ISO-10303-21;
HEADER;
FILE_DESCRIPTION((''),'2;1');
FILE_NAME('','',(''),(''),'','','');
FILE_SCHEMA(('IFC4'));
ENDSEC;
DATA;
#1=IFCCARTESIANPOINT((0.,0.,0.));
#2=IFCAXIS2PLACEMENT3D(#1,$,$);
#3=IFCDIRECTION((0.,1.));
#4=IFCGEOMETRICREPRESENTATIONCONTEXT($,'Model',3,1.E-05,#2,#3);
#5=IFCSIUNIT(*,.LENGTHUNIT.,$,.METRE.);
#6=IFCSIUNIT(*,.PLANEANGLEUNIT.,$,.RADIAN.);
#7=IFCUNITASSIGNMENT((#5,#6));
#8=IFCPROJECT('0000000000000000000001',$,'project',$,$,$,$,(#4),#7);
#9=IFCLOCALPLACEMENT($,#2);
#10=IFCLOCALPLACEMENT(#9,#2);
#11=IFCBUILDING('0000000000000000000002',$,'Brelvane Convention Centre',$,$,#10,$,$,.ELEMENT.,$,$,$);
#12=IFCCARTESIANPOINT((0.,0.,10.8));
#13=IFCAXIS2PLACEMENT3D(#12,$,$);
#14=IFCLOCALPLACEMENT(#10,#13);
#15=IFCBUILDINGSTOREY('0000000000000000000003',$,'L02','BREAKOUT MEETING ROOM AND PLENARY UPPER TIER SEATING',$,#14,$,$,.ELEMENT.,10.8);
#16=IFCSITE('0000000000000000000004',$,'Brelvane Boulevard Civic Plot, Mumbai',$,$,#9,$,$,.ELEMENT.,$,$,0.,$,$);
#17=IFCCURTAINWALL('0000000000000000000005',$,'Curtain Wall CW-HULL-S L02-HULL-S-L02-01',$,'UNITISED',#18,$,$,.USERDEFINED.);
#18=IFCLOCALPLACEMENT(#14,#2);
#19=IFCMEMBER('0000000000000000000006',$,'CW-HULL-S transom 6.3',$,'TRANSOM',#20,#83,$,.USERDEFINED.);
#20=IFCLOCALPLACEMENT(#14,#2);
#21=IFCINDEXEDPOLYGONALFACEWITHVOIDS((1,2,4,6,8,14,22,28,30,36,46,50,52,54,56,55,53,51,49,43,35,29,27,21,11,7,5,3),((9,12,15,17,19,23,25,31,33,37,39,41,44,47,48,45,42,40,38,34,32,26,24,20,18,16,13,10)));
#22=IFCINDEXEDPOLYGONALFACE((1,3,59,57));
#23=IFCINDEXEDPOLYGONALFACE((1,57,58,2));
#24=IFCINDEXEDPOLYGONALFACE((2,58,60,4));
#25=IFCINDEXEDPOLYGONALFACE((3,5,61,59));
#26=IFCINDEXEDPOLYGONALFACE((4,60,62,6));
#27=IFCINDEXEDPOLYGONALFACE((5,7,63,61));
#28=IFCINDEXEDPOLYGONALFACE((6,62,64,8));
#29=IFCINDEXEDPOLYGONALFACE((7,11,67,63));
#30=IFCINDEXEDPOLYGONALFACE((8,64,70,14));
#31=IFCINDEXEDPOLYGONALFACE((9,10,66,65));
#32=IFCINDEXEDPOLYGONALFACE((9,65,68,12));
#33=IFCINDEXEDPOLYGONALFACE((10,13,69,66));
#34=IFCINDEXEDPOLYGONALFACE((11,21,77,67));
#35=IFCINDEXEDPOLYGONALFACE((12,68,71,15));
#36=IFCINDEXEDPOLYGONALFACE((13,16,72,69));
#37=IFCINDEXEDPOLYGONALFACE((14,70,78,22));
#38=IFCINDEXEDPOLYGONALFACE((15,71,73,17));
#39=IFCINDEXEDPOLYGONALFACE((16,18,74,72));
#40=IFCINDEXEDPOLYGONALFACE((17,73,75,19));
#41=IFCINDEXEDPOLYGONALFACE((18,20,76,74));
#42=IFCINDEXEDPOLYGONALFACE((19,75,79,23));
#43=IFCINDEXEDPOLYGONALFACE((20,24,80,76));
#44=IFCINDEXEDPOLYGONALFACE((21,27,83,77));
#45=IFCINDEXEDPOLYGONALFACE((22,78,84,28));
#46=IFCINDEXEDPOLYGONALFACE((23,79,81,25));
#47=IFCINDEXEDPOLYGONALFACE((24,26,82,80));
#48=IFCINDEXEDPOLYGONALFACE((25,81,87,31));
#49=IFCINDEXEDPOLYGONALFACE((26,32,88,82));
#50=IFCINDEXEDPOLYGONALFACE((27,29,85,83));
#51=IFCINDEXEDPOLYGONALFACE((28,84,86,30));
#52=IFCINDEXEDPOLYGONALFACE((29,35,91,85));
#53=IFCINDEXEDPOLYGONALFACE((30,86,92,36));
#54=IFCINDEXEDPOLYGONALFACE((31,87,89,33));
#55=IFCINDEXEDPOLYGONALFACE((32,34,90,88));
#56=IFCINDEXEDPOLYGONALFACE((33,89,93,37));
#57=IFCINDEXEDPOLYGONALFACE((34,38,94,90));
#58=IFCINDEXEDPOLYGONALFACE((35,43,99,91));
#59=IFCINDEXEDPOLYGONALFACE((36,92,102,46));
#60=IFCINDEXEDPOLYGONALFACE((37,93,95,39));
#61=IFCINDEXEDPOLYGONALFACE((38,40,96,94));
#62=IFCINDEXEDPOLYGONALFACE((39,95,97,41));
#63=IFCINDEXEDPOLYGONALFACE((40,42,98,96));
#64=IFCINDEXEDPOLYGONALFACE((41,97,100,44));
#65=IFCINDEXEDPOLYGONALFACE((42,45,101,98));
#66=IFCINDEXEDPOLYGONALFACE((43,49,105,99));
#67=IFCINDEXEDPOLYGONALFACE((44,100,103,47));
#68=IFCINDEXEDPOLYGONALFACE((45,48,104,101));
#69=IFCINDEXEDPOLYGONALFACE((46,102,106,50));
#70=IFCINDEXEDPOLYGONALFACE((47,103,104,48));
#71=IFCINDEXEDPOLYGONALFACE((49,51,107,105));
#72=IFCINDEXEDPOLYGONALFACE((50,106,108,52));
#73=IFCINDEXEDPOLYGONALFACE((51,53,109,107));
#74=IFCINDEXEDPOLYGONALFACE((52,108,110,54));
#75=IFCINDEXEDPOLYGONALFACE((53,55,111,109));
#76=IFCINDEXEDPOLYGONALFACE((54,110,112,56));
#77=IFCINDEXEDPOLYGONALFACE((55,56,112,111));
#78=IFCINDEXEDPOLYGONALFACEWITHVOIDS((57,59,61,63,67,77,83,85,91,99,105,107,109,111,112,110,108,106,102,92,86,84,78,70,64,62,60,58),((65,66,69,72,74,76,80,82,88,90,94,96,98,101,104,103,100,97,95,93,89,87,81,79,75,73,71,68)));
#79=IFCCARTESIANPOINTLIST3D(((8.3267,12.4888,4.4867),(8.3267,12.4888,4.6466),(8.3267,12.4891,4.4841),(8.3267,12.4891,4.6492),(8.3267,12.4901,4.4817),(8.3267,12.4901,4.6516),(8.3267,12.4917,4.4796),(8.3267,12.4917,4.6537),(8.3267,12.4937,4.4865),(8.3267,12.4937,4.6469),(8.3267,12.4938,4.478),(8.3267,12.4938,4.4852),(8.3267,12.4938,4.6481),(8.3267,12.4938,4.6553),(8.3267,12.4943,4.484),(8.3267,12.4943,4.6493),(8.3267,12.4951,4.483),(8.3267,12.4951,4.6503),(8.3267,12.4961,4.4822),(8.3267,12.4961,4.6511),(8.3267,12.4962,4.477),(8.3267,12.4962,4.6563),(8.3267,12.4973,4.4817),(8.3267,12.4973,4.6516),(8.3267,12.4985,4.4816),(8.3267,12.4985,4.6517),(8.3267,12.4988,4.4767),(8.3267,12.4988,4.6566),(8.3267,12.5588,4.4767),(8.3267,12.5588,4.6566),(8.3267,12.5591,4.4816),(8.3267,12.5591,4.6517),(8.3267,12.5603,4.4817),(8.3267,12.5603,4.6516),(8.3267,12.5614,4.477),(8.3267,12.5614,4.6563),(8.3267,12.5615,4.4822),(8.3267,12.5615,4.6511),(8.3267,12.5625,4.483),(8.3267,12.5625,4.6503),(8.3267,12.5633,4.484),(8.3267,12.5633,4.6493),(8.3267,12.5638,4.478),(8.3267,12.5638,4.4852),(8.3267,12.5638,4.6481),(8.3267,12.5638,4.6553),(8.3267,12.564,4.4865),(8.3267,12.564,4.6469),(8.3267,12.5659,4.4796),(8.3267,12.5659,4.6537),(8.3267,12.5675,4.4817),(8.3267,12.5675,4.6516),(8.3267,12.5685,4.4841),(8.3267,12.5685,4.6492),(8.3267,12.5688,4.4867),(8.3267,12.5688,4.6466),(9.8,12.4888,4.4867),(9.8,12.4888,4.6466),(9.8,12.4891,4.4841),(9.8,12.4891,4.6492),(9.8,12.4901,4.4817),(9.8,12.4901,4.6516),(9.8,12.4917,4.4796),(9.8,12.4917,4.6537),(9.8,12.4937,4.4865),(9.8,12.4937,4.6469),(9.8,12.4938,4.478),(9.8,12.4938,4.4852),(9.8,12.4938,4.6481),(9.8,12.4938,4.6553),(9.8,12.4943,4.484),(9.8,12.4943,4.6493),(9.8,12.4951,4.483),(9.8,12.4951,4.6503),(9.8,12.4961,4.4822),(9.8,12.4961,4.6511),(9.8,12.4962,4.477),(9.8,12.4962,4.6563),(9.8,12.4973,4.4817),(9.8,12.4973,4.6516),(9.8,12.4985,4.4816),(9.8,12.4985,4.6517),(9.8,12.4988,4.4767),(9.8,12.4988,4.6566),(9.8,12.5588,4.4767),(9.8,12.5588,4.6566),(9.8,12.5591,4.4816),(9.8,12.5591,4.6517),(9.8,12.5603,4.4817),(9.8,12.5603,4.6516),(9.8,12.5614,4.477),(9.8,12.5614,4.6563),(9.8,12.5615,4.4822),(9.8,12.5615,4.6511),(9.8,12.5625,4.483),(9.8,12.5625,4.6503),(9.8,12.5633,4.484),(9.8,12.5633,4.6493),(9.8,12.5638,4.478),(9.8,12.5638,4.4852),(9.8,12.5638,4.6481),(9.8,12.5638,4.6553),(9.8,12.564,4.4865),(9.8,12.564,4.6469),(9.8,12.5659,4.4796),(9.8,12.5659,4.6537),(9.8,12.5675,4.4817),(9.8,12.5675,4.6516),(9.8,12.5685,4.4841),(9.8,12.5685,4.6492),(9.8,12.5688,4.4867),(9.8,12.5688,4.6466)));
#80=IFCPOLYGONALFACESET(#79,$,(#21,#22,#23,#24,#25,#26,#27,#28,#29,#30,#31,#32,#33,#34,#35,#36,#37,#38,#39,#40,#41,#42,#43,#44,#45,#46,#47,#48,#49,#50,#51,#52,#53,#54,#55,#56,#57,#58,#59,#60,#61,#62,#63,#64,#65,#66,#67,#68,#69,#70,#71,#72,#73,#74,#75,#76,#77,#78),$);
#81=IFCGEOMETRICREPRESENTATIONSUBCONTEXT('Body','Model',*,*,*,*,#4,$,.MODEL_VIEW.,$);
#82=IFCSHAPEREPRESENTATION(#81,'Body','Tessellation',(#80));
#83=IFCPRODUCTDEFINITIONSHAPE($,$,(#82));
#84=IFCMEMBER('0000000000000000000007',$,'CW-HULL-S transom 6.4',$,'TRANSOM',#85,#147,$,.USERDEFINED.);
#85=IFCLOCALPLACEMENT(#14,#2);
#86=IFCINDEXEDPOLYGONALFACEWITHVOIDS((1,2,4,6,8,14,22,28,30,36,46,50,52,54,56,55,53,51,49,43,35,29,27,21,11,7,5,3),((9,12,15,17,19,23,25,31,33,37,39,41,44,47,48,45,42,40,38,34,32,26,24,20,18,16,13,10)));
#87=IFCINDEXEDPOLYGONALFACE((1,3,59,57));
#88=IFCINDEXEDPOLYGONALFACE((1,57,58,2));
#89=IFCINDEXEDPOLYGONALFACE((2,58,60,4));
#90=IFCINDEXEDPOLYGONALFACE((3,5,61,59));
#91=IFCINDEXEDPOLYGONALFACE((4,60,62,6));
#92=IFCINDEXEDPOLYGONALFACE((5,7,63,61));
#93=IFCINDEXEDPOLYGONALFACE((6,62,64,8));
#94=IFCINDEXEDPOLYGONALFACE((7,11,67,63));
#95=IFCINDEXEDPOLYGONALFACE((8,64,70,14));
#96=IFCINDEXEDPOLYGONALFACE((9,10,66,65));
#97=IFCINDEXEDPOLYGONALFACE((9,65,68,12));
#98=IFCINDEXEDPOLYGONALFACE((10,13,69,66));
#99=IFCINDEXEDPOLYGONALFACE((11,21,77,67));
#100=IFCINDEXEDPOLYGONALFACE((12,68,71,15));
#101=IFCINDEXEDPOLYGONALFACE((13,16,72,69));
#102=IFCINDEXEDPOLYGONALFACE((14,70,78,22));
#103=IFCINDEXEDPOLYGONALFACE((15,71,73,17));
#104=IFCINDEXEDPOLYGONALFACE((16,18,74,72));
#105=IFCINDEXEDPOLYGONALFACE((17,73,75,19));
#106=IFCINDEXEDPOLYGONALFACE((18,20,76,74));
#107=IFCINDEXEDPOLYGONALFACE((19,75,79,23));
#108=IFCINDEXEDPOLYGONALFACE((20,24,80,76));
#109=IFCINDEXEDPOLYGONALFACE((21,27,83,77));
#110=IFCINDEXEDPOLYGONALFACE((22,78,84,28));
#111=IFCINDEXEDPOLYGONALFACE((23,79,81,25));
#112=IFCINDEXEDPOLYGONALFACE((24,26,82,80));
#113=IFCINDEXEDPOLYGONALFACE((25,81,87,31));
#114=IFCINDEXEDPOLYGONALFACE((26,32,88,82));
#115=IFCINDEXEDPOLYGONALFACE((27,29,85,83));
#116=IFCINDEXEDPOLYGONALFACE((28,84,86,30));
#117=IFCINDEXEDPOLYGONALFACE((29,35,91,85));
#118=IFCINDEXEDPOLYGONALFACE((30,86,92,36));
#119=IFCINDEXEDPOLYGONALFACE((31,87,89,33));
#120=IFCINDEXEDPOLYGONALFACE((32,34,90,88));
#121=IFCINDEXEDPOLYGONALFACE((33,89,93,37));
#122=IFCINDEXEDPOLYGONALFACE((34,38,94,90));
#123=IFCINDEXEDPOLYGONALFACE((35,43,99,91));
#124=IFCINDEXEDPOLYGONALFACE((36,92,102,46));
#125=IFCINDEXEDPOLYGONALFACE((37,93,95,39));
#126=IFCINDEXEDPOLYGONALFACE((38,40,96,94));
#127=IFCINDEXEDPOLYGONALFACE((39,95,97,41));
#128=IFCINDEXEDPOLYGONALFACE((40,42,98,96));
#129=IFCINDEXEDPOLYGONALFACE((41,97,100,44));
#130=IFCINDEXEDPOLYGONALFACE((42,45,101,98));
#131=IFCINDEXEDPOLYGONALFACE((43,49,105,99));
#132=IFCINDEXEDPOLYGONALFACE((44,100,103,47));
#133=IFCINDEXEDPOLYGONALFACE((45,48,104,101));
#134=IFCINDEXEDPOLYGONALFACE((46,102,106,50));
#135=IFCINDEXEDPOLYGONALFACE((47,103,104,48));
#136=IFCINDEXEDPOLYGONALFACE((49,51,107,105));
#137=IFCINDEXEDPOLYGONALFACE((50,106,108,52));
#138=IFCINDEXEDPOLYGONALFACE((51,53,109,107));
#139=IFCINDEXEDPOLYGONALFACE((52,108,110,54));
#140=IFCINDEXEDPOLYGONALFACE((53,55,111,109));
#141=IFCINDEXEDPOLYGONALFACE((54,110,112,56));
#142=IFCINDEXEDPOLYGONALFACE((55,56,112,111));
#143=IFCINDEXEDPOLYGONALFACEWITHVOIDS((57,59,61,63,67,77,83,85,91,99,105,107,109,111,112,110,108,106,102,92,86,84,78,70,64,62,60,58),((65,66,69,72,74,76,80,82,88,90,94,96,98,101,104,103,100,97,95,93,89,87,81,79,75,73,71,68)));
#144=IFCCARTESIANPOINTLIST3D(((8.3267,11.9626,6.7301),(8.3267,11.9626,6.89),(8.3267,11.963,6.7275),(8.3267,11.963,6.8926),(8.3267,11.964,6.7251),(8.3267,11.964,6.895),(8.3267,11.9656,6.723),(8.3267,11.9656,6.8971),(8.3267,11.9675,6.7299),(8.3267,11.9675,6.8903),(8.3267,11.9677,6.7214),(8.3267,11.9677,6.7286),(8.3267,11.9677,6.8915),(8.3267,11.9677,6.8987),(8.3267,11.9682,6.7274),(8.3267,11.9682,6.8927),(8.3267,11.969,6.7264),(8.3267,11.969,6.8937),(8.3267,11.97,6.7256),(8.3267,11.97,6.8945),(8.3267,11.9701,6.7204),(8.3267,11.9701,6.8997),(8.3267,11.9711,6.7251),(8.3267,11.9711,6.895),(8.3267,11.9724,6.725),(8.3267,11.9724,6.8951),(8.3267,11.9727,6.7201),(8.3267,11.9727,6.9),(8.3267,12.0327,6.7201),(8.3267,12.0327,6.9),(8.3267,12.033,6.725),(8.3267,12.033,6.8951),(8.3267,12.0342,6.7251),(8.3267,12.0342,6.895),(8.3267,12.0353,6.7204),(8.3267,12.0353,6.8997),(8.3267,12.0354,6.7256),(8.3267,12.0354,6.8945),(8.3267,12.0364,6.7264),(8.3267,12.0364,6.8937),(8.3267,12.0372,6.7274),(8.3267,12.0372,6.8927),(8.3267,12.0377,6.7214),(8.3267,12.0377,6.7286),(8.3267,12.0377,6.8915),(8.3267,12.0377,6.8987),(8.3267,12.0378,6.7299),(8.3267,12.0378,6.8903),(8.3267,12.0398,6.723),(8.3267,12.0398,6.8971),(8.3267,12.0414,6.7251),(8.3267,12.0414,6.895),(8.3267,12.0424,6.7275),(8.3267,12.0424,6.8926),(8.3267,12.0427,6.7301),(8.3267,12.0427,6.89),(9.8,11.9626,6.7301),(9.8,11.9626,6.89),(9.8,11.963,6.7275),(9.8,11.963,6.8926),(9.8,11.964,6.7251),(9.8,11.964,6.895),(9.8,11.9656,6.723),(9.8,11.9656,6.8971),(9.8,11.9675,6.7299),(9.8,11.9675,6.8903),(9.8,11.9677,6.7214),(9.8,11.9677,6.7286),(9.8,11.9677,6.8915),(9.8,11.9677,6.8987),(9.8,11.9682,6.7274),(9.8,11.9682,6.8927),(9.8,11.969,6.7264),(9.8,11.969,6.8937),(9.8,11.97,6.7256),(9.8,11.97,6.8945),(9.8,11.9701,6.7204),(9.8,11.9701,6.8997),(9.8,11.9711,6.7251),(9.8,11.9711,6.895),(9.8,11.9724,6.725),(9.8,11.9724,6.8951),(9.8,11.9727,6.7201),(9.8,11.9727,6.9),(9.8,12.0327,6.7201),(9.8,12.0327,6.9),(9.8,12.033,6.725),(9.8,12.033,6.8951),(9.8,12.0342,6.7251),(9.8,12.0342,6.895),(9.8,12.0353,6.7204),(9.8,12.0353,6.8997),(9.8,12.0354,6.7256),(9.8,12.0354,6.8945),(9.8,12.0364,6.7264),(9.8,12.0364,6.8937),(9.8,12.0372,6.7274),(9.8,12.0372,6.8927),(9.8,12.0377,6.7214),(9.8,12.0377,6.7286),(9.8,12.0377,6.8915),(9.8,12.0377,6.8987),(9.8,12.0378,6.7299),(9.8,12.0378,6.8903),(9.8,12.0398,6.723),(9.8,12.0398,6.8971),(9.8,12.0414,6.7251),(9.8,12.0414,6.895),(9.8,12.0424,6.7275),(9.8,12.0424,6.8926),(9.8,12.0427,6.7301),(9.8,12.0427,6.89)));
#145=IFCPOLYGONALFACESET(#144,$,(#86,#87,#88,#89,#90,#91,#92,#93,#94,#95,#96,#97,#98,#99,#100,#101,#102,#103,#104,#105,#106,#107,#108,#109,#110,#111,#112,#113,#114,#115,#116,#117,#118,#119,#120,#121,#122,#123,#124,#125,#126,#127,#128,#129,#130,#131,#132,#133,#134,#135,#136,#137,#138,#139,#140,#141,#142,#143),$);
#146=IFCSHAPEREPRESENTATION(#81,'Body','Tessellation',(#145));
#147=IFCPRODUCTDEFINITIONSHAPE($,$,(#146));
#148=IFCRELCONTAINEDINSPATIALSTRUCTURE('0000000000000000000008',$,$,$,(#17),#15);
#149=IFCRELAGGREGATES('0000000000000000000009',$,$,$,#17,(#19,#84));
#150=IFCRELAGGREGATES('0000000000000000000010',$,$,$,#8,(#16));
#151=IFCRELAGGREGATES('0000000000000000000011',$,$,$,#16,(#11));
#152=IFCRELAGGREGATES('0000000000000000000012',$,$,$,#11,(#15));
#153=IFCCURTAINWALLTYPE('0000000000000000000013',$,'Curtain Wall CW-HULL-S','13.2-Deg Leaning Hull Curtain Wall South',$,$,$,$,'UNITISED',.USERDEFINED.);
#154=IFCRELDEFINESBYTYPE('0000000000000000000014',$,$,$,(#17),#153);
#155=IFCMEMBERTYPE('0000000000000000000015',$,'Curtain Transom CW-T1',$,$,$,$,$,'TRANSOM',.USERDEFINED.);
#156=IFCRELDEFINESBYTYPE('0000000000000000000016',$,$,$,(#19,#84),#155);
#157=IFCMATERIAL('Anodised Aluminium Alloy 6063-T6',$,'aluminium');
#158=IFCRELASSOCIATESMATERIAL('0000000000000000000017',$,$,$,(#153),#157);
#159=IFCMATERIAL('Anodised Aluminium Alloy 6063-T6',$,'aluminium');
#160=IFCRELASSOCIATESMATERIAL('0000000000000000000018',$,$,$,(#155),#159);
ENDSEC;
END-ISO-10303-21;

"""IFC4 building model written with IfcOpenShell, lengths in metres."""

from ifc_helpers import new_model, si_unit, direction, frame, origin, origin_2d, place, context, subcontext, project, spatial, hollow_rectangle, extrude, material, material_profile, profile_set, type_object, element, aggregate, save


model = new_model("IFC4")

# Units and contexts
model_context = context("Model", 3, precision=1e-05, world=origin(), true_north=direction((0.0, 1.0)))
body_context = subcontext(model_context, "Body", "Model", "MODEL_VIEW")
ifc_project = project(units=[si_unit("LENGTHUNIT", "METRE"), si_unit("PLANEANGLEUNIT", "RADIAN")], contexts=[model_context])

# Site, building, storey
site_placement = place(None, origin())
site = spatial("IfcSite", under=ifc_project, at=site_placement, Name="Brelvane Boulevard Civic Plot, Mumbai", CompositionType="ELEMENT", RefElevation=0.0)
building_placement = place(site_placement, origin())
building = spatial("IfcBuilding", under=site, at=building_placement, Name="Brelvane Convention Centre", CompositionType="ELEMENT")
storey_placement = place(building_placement, frame((0.0, 0.0, 10.8)))
storey = spatial("IfcBuildingStorey", under=building, at=storey_placement, Name="L02", Description="BREAKOUT MEETING ROOM AND PLENARY UPPER TIER SEATING", CompositionType="ELEMENT", Elevation=10.8)

# Curtain wall, members
ifc_material_1 = material(Name="Anodised Aluminium Alloy 6063-T6", Category="aluminium")
curtain_wall_type = type_object("IfcCurtainWallType", Name="Curtain Wall CW-HULL-S", Description="13.2-Deg Leaning Hull Curtain Wall South", ElementType="UNITISED", PredefinedType="USERDEFINED", material=ifc_material_1)
curtain_wall_1_placement = place(storey_placement, origin())
curtain_wall_1 = element("IfcCurtainWall", 1, at=curtain_wall_1_placement, inside=storey, type_object=curtain_wall_type, Name="Curtain Wall CW-HULL-S L02-HULL-S-L02-01", ObjectType="UNITISED", PredefinedType="USERDEFINED")
ifc_material_2 = material(Name="Anodised Aluminium Alloy 6063-T6", Category="aluminium")
ifc_material_profile = material_profile(ifc_material_2, hollow_rectangle(XDim=0.0801, YDim=0.1799, WallThickness=0.0049, InnerFilletRadius=0.0049, OuterFilletRadius=0.01, at=origin_2d()), Name="ALU-T 180x80x5.0")
ifc_profile_set = profile_set([ifc_material_profile], Name="Anodised Aluminium Alloy 6063-T6")
member_type = type_object("IfcMemberType", Name="Curtain Transom CW-T1", ElementType="TRANSOM", PredefinedType="USERDEFINED", material=ifc_profile_set)
member_1_placement = place(storey_placement, frame((8.3267, 12.5288, 4.5667), z_axis=(1.0, 0.0, 0.0), x_axis=(0.0, 1.0, 0.0)))
member_1 = element("IfcMember", 2, at=member_1_placement, type_object=member_type, Name="CW-HULL-S transom 6.3", ObjectType="TRANSOM", PredefinedType="USERDEFINED", context=body_context, shape_type="SweptSolid", body=[
    extrude(hollow_rectangle(XDim=0.0801, YDim=0.1799, WallThickness=0.0049, InnerFilletRadius=0.0049, OuterFilletRadius=0.01, at=origin_2d()), origin(), (0.0, 0.0, 1.0), 1.4734),
])
member_2_placement = place(storey_placement, frame((8.3267, 12.0027, 6.8101), z_axis=(1.0, 0.0, 0.0), x_axis=(0.0, 1.0, 0.0)))
member_2 = element("IfcMember", 3, at=member_2_placement, type_object=member_type, Name="CW-HULL-S transom 6.4", ObjectType="TRANSOM", PredefinedType="USERDEFINED", context=body_context, shape_type="SweptSolid", body=[
    extrude(hollow_rectangle(XDim=0.0801, YDim=0.1799, WallThickness=0.0049, InnerFilletRadius=0.0049, OuterFilletRadius=0.01, at=origin_2d()), origin(), (0.0, 0.0, 1.0), 1.4734),
])

aggregate(curtain_wall_1, [member_1, member_2])

save(model, "model.ifc")
